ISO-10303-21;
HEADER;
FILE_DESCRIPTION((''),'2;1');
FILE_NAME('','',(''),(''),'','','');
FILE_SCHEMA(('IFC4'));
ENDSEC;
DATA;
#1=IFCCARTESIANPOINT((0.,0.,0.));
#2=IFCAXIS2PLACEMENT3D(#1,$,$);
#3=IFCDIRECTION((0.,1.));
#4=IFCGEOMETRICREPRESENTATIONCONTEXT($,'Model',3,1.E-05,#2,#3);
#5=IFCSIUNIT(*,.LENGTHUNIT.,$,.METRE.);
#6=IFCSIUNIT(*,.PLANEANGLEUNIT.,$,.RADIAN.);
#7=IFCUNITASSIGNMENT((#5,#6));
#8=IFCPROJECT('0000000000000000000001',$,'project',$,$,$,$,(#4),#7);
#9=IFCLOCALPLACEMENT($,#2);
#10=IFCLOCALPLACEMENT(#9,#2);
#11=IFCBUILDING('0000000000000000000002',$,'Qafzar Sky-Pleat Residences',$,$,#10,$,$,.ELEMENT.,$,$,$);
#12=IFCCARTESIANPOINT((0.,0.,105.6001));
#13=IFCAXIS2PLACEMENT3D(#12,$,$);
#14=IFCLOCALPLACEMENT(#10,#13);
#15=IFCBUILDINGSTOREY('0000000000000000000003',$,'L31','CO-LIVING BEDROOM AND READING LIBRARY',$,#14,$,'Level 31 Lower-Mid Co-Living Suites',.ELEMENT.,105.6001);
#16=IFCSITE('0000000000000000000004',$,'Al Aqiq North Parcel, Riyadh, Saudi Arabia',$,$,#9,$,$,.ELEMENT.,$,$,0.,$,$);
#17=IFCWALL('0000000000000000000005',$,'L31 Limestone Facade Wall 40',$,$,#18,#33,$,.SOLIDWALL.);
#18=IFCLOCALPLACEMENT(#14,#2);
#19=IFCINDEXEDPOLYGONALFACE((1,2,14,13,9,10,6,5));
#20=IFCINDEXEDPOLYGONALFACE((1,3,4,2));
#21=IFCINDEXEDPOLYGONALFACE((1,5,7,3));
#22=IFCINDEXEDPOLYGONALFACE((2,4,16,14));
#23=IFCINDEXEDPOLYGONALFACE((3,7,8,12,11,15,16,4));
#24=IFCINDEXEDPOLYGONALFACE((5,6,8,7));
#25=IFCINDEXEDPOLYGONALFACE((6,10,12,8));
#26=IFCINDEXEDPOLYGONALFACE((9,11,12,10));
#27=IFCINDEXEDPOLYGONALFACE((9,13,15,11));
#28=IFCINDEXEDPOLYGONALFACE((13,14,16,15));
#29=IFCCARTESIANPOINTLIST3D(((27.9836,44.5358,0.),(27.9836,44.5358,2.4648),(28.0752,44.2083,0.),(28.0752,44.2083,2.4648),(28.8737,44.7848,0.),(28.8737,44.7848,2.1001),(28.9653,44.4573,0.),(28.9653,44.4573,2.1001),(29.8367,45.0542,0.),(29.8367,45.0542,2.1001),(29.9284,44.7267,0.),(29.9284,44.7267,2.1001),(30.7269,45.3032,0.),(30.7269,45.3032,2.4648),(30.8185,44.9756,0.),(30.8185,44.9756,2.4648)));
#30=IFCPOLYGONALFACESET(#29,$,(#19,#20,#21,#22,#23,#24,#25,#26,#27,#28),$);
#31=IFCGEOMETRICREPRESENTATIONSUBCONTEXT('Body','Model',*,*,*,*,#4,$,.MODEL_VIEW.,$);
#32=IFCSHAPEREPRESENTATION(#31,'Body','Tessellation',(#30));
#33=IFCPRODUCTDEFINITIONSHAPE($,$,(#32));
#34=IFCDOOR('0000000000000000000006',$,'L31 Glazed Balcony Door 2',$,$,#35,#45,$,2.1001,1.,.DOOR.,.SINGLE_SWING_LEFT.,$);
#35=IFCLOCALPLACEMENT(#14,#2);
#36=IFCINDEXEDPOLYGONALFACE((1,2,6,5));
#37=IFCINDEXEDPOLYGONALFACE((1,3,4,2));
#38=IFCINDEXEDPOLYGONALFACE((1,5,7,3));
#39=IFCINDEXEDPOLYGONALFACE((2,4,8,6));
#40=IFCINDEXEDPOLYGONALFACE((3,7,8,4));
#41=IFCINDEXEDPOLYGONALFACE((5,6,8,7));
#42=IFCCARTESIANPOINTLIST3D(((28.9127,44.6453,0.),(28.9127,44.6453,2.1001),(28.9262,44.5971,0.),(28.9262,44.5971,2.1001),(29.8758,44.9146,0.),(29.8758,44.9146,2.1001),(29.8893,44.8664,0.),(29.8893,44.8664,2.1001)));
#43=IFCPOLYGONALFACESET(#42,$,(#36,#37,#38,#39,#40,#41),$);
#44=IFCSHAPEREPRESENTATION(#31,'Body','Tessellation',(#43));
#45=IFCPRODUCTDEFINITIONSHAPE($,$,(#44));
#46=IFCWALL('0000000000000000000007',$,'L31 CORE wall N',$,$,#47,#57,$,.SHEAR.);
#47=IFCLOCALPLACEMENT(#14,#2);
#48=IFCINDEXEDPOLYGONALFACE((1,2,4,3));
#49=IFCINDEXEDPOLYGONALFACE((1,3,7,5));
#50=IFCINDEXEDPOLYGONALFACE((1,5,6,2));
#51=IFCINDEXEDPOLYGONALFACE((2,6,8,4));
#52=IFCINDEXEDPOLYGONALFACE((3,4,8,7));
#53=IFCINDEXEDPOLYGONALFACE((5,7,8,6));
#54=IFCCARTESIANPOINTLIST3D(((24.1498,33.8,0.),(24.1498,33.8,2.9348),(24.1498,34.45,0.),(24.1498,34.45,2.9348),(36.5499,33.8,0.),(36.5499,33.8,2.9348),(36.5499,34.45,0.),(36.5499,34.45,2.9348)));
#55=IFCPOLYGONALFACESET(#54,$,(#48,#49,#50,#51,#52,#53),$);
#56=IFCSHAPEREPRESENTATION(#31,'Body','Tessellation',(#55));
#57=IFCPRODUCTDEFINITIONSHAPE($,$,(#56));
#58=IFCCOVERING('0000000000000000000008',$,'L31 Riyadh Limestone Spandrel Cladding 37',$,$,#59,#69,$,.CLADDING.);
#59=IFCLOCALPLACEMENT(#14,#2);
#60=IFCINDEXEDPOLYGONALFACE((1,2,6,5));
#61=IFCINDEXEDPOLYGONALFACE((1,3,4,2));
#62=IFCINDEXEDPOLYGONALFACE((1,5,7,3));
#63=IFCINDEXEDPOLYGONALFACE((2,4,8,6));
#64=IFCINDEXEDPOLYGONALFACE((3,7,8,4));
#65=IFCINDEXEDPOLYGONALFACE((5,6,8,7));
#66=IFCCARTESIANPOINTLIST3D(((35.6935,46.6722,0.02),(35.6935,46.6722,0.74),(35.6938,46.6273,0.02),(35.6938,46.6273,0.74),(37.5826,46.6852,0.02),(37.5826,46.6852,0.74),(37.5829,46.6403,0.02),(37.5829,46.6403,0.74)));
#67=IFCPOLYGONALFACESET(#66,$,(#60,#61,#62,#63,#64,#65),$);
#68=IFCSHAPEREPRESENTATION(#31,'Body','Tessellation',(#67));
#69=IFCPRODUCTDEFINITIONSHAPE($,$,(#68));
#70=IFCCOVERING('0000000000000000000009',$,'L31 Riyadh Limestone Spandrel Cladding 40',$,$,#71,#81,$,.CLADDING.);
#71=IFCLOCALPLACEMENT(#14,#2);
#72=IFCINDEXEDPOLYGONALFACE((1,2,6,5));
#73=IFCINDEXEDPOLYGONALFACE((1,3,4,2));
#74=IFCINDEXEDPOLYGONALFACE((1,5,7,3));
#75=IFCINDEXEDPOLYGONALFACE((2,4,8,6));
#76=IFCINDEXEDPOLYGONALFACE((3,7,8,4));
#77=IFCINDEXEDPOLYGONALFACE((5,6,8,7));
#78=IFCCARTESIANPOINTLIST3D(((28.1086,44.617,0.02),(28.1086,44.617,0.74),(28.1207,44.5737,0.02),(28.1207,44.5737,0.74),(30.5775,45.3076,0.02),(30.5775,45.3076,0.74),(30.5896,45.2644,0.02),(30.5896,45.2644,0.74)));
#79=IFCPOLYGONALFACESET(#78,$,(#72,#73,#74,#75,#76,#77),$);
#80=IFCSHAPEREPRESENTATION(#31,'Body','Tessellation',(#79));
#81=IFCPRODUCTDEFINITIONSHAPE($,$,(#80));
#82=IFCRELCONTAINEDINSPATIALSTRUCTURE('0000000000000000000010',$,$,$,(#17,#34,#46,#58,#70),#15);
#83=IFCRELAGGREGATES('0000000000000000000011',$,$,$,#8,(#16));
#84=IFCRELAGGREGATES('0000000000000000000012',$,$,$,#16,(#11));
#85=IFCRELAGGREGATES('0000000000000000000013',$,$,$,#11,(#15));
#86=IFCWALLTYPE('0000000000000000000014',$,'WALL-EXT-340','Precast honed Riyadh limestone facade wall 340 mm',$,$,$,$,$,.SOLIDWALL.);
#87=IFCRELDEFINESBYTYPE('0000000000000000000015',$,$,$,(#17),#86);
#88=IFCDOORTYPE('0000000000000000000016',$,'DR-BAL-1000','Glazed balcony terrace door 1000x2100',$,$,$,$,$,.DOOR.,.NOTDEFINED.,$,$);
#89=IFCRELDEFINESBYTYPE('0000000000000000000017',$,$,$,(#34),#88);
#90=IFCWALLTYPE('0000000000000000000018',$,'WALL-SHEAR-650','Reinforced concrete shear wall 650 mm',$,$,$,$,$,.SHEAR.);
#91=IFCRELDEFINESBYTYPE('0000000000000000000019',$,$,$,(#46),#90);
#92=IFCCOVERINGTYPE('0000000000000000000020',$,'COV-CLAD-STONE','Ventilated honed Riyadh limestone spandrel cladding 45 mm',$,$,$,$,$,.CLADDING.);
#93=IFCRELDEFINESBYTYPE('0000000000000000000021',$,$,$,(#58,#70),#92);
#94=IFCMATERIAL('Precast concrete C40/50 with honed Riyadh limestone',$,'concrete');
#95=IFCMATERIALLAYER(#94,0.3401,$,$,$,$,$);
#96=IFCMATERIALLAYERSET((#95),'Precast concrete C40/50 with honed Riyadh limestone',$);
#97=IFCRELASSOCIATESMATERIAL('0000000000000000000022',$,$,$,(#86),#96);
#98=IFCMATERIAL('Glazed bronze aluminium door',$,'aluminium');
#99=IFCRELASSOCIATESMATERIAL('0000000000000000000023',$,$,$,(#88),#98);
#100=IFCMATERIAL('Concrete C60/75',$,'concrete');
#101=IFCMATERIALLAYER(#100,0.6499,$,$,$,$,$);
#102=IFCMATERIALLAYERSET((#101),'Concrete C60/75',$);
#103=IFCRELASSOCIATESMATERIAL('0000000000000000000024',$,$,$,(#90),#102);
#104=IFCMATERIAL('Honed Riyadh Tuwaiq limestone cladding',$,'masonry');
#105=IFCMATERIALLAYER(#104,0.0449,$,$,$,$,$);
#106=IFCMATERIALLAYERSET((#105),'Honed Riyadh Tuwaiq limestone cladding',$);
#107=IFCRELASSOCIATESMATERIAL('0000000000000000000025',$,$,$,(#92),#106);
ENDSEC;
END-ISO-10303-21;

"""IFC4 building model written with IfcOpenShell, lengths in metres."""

from ifc_helpers import new_model, si_unit, direction, frame, frame_2d, origin, origin_2d, place, context, subcontext, project, spatial, rectangle, extrude, source, transform, mapped, material, layer, layer_set, type_object, element, fill, save


model = new_model("IFC4")

# Units and contexts
model_context = context("Model", 3, precision=1e-05, world=origin(), true_north=direction((0.0, 1.0)))
body_context = subcontext(model_context, "Body", "Model", "MODEL_VIEW")
ifc_project = project(units=[si_unit("LENGTHUNIT", "METRE"), si_unit("PLANEANGLEUNIT", "RADIAN")], contexts=[model_context])

# Site, building, storey
site_placement = place(None, origin())
site = spatial("IfcSite", under=ifc_project, at=site_placement, Name="Al Aqiq North Parcel, Riyadh, Saudi Arabia", CompositionType="ELEMENT", RefElevation=0.0)
building_placement = place(site_placement, origin())
building = spatial("IfcBuilding", under=site, at=building_placement, Name="Qafzar Sky-Pleat Residences", CompositionType="ELEMENT")
storey_placement = place(building_placement, frame((0.0, 0.0, 105.6001)))
storey = spatial("IfcBuildingStorey", under=building, at=storey_placement, Name="L31", Description="CO-LIVING BEDROOM AND READING LIBRARY", LongName="Level 31 Lower-Mid Co-Living Suites", CompositionType="ELEMENT", Elevation=105.6001)

# Shared definitions
ifc_material_1 = material(Name="Precast concrete C40/50 with honed Riyadh limestone", Category="concrete")
ifc_layer_1 = layer(ifc_material_1, 0.3401)
ifc_layer_set_1 = layer_set([ifc_layer_1], Name="Precast concrete C40/50 with honed Riyadh limestone")
wall_type_1 = type_object("IfcWallType", Name="WALL-EXT-340", Description="Precast honed Riyadh limestone facade wall 340 mm", PredefinedType="SOLIDWALL", material=ifc_layer_set_1)

# Wall, opening, door
wall_1_placement = place(storey_placement, frame((30.7727, 45.1394, 0.0), z_axis=(0.0, 0.0, 1.0), x_axis=(-0.963039, -0.269363, 0.0)))
wall_1 = element("IfcWall", 1, at=wall_1_placement, inside=storey, type_object=wall_type_1, Name="L31 Limestone Facade Wall 40", PredefinedType="SOLIDWALL", context=body_context, shape_type="SweptSolid", body=[
    extrude(rectangle(XDim=2.8486, YDim=0.3401, at=frame_2d((1.4243, 0.0))), origin(), (0.0, 0.0, 1.0), 2.4648),
])
opening_1_placement = place(wall_1_placement, frame((0.9243, 0.0, 0.0)))
opening_1 = element("IfcOpeningElement", 2, at=opening_1_placement, cuts=wall_1, PredefinedType="OPENING", context=body_context, shape_type="SweptSolid", body=[
    extrude(rectangle(XDim=1.0, YDim=2.1001, at=frame_2d((0.5, 1.05))), frame((0.0, 0.1802, 0.0), z_axis=(0.0, -1.0, 0.0), x_axis=(1.0, 0.0, 0.0)), (0.0, 0.0, 1.0), 0.3601),
])
ifc_material_2 = material(Name="Glazed bronze aluminium door", Category="aluminium")
door_type_1 = type_object("IfcDoorType", Name="DR-BAL-1000", Description="Glazed balcony terrace door 1000x2100", OperationType="NOTDEFINED", PredefinedType="DOOR", material=ifc_material_2)
shared_shape_1 = source(origin(), body_context, "Body", "SweptSolid", [
    extrude(rectangle(XDim=1.0, YDim=2.1001, at=frame_2d((0.5, 1.05))), frame((0.0, 0.0249, 0.0), z_axis=(0.0, -1.0, 0.0), x_axis=(1.0, 0.0, 0.0)), (0.0, 0.0, 1.0), 0.05),
])
door_1_placement = place(opening_1_placement, origin())
door_1 = element("IfcDoor", 3, at=door_1_placement, inside=storey, type_object=door_type_1, Name="L31 Glazed Balcony Door 2", OperationType="SINGLE_SWING_LEFT", OverallHeight=2.1001, OverallWidth=1.0, PredefinedType="DOOR", context=body_context, shape_type="MappedRepresentation", body=[
    mapped(shared_shape_1, transform((0.0, 0.0, 0.0), x_axis=(1.0, 0.0, 0.0), y_axis=(0.0, 1.0, 0.0), z_axis=(0.0, 0.0, 1.0), scale=1.0)),
])
fill(opening_1, door_1)

# Wall
ifc_material_3 = material(Name="Concrete C60/75", Category="concrete")
ifc_layer_2 = layer(ifc_material_3, 0.6499)
ifc_layer_set_2 = layer_set([ifc_layer_2], Name="Concrete C60/75")
wall_type_2 = type_object("IfcWallType", Name="WALL-SHEAR-650", Description="Reinforced concrete shear wall 650 mm", PredefinedType="SHEAR", material=ifc_layer_set_2)
wall_2_placement = place(storey_placement, frame((36.55, 34.125, 0.0), z_axis=(0.0, 0.0, 1.0), x_axis=(-1.0, 0.0, 0.0)))
element("IfcWall", 4, at=wall_2_placement, inside=storey, type_object=wall_type_2, Name="L31 CORE wall N", PredefinedType="SHEAR", context=body_context, shape_type="SweptSolid", body=[
    extrude(rectangle(XDim=12.4001, YDim=0.6499, at=frame_2d((6.2002, 0.0))), origin(), (0.0, 0.0, 1.0), 2.9348),
])

# Covering
ifc_material_4 = material(Name="Honed Riyadh Tuwaiq limestone cladding", Category="masonry")
ifc_layer_3 = layer(ifc_material_4, 0.0449)
ifc_layer_set_3 = layer_set([ifc_layer_3], Name="Honed Riyadh Tuwaiq limestone cladding")
covering_type = type_object("IfcCoveringType", Name="COV-CLAD-STONE", Description="Ventilated honed Riyadh limestone spandrel cladding 45 mm", PredefinedType="CLADDING", material=ifc_layer_set_3)
shared_shape_2 = source(origin(), body_context, "Body", "SweptSolid", [
    extrude(rectangle(XDim=1.8892, YDim=0.0449, at=origin_2d()), origin(), (0.0, 0.0, 1.0), 0.72),
])
covering_1_placement = place(storey_placement, frame((36.6382, 46.6562, 0.02), z_axis=(0.0, 0.0, 1.0), x_axis=(-0.999976, -0.006861, 0.0)))
element("IfcCovering", 5, at=covering_1_placement, inside=storey, type_object=covering_type, Name="L31 Riyadh Limestone Spandrel Cladding 37", PredefinedType="CLADDING", context=body_context, shape_type="MappedRepresentation", body=[
    mapped(shared_shape_2, transform((0.0, 0.0, 0.0), x_axis=(1.0, 0.0, 0.0), y_axis=(0.0, 1.0, 0.0), z_axis=(0.0, 0.0, 1.0), scale=1.0)),
])

# Covering
shared_shape_3 = source(origin(), body_context, "Body", "SweptSolid", [
    extrude(rectangle(XDim=2.5637, YDim=0.0449, at=origin_2d()), origin(), (0.0, 0.0, 1.0), 0.72),
])
covering_2_placement = place(storey_placement, frame((29.3491, 44.9407, 0.02), z_axis=(0.0, 0.0, 1.0), x_axis=(-0.96303, -0.269394, 0.0)))
element("IfcCovering", 6, at=covering_2_placement, inside=storey, type_object=covering_type, Name="L31 Riyadh Limestone Spandrel Cladding 40", PredefinedType="CLADDING", context=body_context, shape_type="MappedRepresentation", body=[
    mapped(shared_shape_3, transform((0.0, 0.0, 0.0), x_axis=(1.0, 0.0, 0.0), y_axis=(0.0, 1.0, 0.0), z_axis=(0.0, 0.0, 1.0), scale=1.0)),
])

save(model, "model.ifc")
